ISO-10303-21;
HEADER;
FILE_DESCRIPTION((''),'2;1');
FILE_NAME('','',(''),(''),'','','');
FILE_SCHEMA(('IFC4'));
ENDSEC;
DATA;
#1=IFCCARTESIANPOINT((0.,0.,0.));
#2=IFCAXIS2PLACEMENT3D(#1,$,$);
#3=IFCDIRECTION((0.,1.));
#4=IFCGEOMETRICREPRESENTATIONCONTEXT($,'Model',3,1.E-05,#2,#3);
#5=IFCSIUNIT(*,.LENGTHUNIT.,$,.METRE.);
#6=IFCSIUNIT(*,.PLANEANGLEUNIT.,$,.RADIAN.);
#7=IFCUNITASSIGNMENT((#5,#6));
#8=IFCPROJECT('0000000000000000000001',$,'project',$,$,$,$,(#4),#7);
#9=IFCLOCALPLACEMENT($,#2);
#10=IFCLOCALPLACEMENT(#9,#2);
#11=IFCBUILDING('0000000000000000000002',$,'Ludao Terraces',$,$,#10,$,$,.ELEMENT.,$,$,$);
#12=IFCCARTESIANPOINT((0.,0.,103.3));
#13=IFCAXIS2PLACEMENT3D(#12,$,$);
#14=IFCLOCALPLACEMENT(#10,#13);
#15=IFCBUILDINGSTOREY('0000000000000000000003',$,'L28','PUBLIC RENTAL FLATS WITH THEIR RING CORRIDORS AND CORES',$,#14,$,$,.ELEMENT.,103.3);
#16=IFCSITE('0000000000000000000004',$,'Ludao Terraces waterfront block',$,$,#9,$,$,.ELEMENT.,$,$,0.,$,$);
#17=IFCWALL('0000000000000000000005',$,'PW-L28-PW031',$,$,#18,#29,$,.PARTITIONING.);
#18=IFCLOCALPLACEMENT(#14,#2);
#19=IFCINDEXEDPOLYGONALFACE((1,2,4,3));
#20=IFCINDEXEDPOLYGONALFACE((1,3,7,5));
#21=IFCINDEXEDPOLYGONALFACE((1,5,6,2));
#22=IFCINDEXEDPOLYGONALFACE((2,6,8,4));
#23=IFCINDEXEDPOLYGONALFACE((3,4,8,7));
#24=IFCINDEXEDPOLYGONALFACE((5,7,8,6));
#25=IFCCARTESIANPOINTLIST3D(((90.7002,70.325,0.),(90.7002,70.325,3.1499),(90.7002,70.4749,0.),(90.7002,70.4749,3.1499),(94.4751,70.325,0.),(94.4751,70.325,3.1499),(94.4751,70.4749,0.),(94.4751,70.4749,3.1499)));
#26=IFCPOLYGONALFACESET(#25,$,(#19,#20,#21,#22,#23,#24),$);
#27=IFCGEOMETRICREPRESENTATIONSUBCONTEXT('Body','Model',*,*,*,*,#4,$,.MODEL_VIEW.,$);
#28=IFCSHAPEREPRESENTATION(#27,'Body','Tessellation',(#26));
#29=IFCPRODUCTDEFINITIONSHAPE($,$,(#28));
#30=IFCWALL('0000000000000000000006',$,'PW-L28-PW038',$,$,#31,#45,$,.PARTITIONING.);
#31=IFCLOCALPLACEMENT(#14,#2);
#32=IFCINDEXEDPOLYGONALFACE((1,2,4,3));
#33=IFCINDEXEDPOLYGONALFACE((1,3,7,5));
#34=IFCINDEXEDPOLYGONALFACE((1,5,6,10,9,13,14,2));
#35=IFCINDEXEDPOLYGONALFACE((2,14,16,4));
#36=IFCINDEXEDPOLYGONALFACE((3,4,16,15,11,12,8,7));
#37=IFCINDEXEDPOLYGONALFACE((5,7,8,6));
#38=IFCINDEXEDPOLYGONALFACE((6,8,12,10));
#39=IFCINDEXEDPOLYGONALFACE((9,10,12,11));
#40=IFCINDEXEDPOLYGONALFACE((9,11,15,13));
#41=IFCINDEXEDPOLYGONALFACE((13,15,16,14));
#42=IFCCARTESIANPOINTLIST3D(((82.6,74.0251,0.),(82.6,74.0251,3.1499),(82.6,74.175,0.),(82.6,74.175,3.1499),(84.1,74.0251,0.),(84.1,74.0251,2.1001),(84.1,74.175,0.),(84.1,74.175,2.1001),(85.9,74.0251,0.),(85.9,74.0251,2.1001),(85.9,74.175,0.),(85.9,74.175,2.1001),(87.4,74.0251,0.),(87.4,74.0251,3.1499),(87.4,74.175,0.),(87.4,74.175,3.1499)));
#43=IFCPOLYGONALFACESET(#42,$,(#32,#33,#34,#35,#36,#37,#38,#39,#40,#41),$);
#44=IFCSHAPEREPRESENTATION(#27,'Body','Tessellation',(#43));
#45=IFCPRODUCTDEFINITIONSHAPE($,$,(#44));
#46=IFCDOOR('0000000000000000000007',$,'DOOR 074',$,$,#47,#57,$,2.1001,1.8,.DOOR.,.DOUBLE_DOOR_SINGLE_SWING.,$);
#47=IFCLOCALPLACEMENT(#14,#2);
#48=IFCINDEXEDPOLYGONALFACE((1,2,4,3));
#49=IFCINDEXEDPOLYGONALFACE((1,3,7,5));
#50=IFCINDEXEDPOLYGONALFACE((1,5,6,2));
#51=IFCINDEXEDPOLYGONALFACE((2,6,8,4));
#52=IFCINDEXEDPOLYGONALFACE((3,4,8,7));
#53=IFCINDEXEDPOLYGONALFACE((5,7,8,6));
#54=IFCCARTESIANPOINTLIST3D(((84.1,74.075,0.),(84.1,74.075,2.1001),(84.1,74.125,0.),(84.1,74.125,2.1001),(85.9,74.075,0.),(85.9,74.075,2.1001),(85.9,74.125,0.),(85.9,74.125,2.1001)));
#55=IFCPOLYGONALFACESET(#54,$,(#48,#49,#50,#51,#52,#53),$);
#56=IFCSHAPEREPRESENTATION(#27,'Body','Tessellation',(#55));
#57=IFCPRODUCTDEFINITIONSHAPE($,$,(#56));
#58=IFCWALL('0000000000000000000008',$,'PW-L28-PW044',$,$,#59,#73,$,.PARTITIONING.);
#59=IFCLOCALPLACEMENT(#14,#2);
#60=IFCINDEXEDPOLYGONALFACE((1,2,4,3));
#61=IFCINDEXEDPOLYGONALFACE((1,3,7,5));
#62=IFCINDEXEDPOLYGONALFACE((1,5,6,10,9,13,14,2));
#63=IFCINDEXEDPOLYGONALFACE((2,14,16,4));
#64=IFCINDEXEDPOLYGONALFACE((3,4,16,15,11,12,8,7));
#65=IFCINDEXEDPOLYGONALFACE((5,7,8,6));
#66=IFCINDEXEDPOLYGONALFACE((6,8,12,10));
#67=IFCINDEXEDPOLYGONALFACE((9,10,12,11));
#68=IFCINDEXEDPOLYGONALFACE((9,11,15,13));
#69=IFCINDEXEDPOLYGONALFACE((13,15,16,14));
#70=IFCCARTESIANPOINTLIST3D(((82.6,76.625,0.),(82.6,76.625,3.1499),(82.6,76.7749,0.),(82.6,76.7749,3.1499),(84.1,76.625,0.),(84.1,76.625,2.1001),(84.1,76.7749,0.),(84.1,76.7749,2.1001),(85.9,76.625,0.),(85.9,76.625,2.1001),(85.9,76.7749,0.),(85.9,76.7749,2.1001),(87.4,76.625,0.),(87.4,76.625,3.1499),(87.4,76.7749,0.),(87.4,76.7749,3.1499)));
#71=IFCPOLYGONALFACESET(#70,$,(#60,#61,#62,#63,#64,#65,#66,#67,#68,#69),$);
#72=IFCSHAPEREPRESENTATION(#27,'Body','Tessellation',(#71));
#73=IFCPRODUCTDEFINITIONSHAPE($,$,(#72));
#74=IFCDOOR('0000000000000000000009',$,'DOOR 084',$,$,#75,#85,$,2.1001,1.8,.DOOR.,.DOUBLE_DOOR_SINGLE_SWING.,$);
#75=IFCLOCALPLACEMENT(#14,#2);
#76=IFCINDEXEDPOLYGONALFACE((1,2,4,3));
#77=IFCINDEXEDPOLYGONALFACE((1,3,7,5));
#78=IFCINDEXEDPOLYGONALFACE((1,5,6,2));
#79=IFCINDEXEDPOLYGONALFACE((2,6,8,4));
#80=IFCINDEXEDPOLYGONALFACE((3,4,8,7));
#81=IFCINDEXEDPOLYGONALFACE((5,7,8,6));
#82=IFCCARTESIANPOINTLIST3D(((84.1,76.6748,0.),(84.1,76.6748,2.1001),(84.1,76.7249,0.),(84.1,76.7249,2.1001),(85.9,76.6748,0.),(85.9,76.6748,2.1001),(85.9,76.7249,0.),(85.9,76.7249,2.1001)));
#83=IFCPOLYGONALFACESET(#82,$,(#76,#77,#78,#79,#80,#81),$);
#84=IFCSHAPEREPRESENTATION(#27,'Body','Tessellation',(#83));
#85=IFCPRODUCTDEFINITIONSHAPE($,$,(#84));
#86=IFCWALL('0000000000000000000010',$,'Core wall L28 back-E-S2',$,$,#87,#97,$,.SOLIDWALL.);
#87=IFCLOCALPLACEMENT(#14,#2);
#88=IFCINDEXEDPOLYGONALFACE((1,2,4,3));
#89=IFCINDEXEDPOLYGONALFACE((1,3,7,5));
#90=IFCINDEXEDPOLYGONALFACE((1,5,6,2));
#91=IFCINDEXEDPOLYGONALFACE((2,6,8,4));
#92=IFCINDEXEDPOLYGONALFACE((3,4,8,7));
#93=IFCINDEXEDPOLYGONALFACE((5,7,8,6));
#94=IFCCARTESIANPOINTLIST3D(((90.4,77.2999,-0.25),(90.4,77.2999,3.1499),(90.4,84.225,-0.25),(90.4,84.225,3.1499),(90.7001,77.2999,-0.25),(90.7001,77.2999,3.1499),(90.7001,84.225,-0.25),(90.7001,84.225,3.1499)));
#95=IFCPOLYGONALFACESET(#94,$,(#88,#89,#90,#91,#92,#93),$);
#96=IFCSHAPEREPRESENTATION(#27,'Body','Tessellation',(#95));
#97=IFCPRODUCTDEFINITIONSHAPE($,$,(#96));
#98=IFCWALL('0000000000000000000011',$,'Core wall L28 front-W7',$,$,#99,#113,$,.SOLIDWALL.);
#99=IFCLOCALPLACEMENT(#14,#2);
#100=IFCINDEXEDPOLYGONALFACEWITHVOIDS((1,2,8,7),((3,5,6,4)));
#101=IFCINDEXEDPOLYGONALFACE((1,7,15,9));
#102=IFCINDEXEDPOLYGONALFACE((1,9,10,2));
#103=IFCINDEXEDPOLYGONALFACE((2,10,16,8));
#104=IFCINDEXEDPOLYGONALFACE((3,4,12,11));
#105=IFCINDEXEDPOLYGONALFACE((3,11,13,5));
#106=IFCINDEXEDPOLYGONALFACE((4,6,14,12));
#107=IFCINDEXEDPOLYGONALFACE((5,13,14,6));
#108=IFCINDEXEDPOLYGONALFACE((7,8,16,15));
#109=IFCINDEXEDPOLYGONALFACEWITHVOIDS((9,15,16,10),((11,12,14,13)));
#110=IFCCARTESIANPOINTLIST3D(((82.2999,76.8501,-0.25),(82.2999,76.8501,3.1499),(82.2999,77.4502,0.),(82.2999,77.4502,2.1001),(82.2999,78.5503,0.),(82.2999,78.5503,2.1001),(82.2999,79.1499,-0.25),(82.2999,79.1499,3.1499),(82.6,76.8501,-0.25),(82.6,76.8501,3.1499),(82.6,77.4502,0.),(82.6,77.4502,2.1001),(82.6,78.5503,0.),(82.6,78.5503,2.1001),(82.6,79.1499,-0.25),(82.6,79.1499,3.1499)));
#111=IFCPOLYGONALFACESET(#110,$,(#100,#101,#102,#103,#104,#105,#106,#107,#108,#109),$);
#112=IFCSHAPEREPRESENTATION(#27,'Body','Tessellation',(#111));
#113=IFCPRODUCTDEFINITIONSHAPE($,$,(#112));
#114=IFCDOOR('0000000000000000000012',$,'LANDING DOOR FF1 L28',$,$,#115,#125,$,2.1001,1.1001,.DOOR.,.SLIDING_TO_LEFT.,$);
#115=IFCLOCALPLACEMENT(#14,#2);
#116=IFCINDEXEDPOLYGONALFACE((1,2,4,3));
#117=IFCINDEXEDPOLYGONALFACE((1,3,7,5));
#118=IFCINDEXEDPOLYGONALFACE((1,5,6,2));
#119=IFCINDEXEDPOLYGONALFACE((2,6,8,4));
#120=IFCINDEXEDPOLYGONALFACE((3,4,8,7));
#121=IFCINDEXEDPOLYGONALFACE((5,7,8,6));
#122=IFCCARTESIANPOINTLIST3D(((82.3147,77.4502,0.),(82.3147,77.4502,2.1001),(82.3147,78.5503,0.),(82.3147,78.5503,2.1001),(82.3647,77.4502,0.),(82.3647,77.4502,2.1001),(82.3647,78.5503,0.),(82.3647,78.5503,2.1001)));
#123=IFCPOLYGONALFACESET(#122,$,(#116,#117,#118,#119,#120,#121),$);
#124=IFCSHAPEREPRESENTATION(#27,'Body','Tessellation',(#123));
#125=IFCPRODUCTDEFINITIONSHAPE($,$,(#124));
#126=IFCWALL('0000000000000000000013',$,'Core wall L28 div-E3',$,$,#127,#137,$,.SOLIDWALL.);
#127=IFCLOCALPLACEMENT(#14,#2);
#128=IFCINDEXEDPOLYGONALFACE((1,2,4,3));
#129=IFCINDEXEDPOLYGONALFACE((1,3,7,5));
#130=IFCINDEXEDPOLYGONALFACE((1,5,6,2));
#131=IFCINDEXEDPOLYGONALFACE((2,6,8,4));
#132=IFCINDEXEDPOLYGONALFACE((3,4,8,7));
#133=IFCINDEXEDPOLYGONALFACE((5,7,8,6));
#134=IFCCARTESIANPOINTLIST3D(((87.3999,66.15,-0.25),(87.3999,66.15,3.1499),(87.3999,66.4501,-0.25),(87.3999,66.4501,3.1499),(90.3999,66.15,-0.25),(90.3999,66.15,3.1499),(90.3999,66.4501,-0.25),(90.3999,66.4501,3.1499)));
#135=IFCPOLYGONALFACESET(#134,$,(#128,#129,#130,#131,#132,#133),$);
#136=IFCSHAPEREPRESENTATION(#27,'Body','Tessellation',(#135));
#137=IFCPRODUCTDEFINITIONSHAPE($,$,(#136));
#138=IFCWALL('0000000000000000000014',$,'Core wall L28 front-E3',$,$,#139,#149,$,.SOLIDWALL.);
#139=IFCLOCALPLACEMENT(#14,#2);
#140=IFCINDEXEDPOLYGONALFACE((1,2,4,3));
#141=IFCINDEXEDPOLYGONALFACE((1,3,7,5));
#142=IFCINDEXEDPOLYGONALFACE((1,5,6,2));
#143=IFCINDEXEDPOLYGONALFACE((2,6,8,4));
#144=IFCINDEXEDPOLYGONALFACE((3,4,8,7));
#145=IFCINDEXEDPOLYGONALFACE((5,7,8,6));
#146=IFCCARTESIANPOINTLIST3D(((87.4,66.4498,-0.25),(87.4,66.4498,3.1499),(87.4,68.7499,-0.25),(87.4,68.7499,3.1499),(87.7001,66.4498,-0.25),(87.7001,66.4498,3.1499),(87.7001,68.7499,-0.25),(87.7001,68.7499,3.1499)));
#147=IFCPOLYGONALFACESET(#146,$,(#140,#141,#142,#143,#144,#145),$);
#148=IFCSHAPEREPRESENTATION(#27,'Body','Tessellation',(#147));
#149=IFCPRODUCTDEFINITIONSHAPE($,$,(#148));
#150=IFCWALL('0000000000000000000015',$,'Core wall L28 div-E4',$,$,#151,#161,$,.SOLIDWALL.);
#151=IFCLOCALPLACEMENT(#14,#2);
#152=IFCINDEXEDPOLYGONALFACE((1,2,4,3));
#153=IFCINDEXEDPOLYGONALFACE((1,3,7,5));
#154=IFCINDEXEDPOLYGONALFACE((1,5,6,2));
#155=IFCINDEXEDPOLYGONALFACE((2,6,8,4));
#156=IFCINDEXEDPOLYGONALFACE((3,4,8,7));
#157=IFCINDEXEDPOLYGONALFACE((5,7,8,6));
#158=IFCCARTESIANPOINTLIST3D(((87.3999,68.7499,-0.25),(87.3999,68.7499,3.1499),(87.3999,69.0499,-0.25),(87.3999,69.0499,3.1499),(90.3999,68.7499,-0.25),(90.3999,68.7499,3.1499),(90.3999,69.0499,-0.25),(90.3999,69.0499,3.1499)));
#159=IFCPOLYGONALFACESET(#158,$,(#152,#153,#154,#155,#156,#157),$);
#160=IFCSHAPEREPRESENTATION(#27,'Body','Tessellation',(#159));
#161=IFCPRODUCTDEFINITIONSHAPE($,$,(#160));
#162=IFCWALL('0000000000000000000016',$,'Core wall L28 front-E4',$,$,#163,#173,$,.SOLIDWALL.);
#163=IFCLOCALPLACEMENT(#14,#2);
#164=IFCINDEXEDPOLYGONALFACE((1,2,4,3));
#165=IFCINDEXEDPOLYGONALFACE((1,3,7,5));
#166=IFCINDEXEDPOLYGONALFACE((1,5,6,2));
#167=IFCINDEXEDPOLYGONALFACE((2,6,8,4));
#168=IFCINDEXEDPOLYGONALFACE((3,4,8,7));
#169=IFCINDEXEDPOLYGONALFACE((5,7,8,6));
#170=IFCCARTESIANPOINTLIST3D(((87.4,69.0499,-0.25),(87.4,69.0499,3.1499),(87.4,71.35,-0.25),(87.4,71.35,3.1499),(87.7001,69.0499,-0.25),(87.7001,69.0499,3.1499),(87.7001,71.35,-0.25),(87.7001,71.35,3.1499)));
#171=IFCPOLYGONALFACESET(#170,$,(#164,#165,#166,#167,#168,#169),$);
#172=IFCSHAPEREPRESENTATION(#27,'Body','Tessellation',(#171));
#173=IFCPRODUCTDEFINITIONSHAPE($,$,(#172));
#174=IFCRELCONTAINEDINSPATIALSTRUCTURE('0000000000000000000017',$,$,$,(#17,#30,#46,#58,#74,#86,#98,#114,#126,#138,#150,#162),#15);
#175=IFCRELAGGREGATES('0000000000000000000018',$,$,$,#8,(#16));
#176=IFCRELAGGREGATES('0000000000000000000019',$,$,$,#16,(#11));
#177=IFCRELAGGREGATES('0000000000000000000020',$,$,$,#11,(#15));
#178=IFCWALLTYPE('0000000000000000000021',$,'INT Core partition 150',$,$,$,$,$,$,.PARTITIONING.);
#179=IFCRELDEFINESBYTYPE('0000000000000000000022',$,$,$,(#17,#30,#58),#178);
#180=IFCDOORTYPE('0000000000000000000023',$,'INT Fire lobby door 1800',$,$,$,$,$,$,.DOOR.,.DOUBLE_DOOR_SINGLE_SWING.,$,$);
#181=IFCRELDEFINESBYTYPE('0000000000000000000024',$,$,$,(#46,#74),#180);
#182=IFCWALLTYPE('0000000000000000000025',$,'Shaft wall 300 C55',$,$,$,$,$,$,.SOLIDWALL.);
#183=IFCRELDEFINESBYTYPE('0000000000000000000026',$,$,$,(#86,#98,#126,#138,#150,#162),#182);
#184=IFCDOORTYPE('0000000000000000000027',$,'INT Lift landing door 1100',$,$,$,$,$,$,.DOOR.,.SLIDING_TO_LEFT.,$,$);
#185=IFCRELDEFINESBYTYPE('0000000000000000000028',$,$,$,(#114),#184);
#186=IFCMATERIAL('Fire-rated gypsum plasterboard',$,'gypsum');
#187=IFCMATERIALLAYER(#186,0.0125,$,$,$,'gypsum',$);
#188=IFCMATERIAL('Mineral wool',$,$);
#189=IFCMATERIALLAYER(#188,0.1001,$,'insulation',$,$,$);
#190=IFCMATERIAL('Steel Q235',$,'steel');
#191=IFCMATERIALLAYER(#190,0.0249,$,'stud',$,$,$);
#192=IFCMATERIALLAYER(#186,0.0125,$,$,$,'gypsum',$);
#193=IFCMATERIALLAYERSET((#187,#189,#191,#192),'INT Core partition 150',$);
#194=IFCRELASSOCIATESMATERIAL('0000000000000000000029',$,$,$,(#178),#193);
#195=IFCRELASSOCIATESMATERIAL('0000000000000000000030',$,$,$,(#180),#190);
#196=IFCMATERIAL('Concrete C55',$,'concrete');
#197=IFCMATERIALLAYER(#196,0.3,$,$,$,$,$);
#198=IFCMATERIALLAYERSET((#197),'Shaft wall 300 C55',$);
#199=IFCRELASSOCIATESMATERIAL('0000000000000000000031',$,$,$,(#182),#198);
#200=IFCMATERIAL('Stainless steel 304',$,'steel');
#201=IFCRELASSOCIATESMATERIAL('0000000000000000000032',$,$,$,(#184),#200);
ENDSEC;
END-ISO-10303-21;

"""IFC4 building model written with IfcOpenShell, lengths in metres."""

from ifc_helpers import new_model, si_unit, direction, frame, frame_2d, origin, place, context, subcontext, project, spatial, rectangle, extrude, material, layer, layer_set, type_object, element, fill, save


model = new_model("IFC4")

# Units and contexts
model_context = context("Model", 3, precision=1e-05, world=origin(), true_north=direction((0.0, 1.0)))
body_context = subcontext(model_context, "Body", "Model", "MODEL_VIEW")
ifc_project = project(units=[si_unit("LENGTHUNIT", "METRE"), si_unit("PLANEANGLEUNIT", "RADIAN")], contexts=[model_context])

# Site, building, storey
site_placement = place(None, origin())
site = spatial("IfcSite", under=ifc_project, at=site_placement, Name="Ludao Terraces waterfront block", CompositionType="ELEMENT", RefElevation=0.0)
building_placement = place(site_placement, origin())
building = spatial("IfcBuilding", under=site, at=building_placement, Name="Ludao Terraces", CompositionType="ELEMENT")
storey_placement = place(building_placement, frame((0.0, 0.0, 103.3)))
storey = spatial("IfcBuildingStorey", under=building, at=storey_placement, Name="L28", Description="PUBLIC RENTAL FLATS WITH THEIR RING CORRIDORS AND CORES", CompositionType="ELEMENT", Elevation=103.3)

# Wall
ifc_material_1 = material(Name="Fire-rated gypsum plasterboard", Category="gypsum")
ifc_layer_1 = layer(ifc_material_1, 0.0125, Category="gypsum")
ifc_material_2 = material(Name="Mineral wool")
ifc_layer_2 = layer(ifc_material_2, 0.1001, Name="insulation")
ifc_material_3 = material(Name="Steel Q235", Category="steel")
ifc_layer_3 = layer(ifc_material_3, 0.0249, Name="stud")
ifc_layer_4 = layer(ifc_material_1, 0.0125, Category="gypsum")
ifc_layer_set_1 = layer_set([ifc_layer_1, ifc_layer_2, ifc_layer_3, ifc_layer_4], Name="INT Core partition 150")
wall_type_1 = type_object("IfcWallType", Name="INT Core partition 150", PredefinedType="PARTITIONING", material=ifc_layer_set_1)
wall_1_placement = place(storey_placement, frame((90.7002, 70.3999, 0.0), z_axis=(0.0, 0.0, 1.0), x_axis=(1.0, 0.0, 0.0)))
element("IfcWall", 1, at=wall_1_placement, inside=storey, type_object=wall_type_1, Name="PW-L28-PW031", PredefinedType="PARTITIONING", context=body_context, shape_type="SweptSolid", body=[
    extrude(rectangle(XDim=3.7749, YDim=0.1499, at=frame_2d((1.8875, 0.0))), origin(), (0.0, 0.0, 1.0), 3.1499),
])

# Walls, openings, doors
wall_2_placement = place(storey_placement, frame((82.6001, 74.1001, 0.0), z_axis=(0.0, 0.0, 1.0), x_axis=(1.0, 0.0, 0.0)))
wall_2 = element("IfcWall", 2, at=wall_2_placement, inside=storey, type_object=wall_type_1, Name="PW-L28-PW038", PredefinedType="PARTITIONING", context=body_context, shape_type="SweptSolid", body=[
    extrude(rectangle(XDim=4.8, YDim=0.1499, at=frame_2d((2.3999, 0.0))), origin(), (0.0, 0.0, 1.0), 3.1499),
])
opening_1_placement = place(wall_2_placement, frame((1.5, 0.0, 0.0)))
opening_1 = element("IfcOpeningElement", 3, at=opening_1_placement, cuts=wall_2, PredefinedType="OPENING", context=body_context, shape_type="SweptSolid", body=[
    extrude(rectangle(XDim=1.8, YDim=2.1001, at=frame_2d((0.8999, 1.05))), frame((0.0, 0.085, 0.0), z_axis=(0.0, -1.0, 0.0), x_axis=(1.0, 0.0, 0.0)), (0.0, 0.0, 1.0), 0.1699),
])
door_type_1 = type_object("IfcDoorType", Name="INT Fire lobby door 1800", OperationType="DOUBLE_DOOR_SINGLE_SWING", PredefinedType="DOOR", material=ifc_material_3)
door_1_placement = place(opening_1_placement, origin())
door_1 = element("IfcDoor", 4, at=door_1_placement, inside=storey, type_object=door_type_1, Name="DOOR 074", OperationType="DOUBLE_DOOR_SINGLE_SWING", OverallHeight=2.1001, OverallWidth=1.8, PredefinedType="DOOR", context=body_context, shape_type="SweptSolid", body=[
    extrude(rectangle(XDim=1.8, YDim=2.1001, at=frame_2d((0.8999, 1.05))), frame((0.0, 0.0249, 0.0), z_axis=(0.0, -1.0, 0.0), x_axis=(1.0, 0.0, 0.0)), (0.0, 0.0, 1.0), 0.05),
])
fill(opening_1, door_1)
wall_3_placement = place(storey_placement, frame((82.6001, 76.7, 0.0), z_axis=(0.0, 0.0, 1.0), x_axis=(1.0, 0.0, 0.0)))
wall_3 = element("IfcWall", 5, at=wall_3_placement, inside=storey, type_object=wall_type_1, Name="PW-L28-PW044", PredefinedType="PARTITIONING", context=body_context, shape_type="SweptSolid", body=[
    extrude(rectangle(XDim=4.8, YDim=0.1499, at=frame_2d((2.3999, 0.0))), origin(), (0.0, 0.0, 1.0), 3.1499),
])
opening_2_placement = place(wall_3_placement, frame((1.5, 0.0, 0.0)))
opening_2 = element("IfcOpeningElement", 6, at=opening_2_placement, cuts=wall_3, PredefinedType="OPENING", context=body_context, shape_type="SweptSolid", body=[
    extrude(rectangle(XDim=1.8, YDim=2.1001, at=frame_2d((0.8999, 1.05))), frame((0.0, 0.085, 0.0), z_axis=(0.0, -1.0, 0.0), x_axis=(1.0, 0.0, 0.0)), (0.0, 0.0, 1.0), 0.1699),
])
door_2_placement = place(opening_2_placement, origin())
door_2 = element("IfcDoor", 7, at=door_2_placement, inside=storey, type_object=door_type_1, Name="DOOR 084", OperationType="DOUBLE_DOOR_SINGLE_SWING", OverallHeight=2.1001, OverallWidth=1.8, PredefinedType="DOOR", context=body_context, shape_type="SweptSolid", body=[
    extrude(rectangle(XDim=1.8, YDim=2.1001, at=frame_2d((0.8999, 1.05))), frame((0.0, 0.0249, 0.0), z_axis=(0.0, -1.0, 0.0), x_axis=(1.0, 0.0, 0.0)), (0.0, 0.0, 1.0), 0.05),
])
fill(opening_2, door_2)

# Wall
ifc_material_4 = material(Name="Concrete C55", Category="concrete")
ifc_layer_5 = layer(ifc_material_4, 0.3)
ifc_layer_set_2 = layer_set([ifc_layer_5], Name="Shaft wall 300 C55")
wall_type_2 = type_object("IfcWallType", Name="Shaft wall 300 C55", PredefinedType="SOLIDWALL", material=ifc_layer_set_2)
wall_4_placement = place(storey_placement, frame((90.55, 77.3, -0.25), z_axis=(0.0, 0.0, 1.0), x_axis=(0.0, 1.0, 0.0)))
element("IfcWall", 8, at=wall_4_placement, inside=storey, type_object=wall_type_2, Name="Core wall L28 back-E-S2", PredefinedType="SOLIDWALL", context=body_context, shape_type="SweptSolid", body=[
    extrude(rectangle(XDim=6.925, YDim=0.3, at=frame_2d((3.4624, 0.0))), origin(), (0.0, 0.0, 1.0), 3.3999),
])

# Wall, opening, door
wall_5_placement = place(storey_placement, frame((82.45, 76.8501, -0.25), z_axis=(0.0, 0.0, 1.0), x_axis=(0.0, 1.0, 0.0)))
wall_5 = element("IfcWall", 9, at=wall_5_placement, inside=storey, type_object=wall_type_2, Name="Core wall L28 front-W7", PredefinedType="SOLIDWALL", context=body_context, shape_type="SweptSolid", body=[
    extrude(rectangle(XDim=2.2998, YDim=0.3, at=frame_2d((1.1499, 0.0))), origin(), (0.0, 0.0, 1.0), 3.3999),
])
opening_3_placement = place(wall_5_placement, frame((0.6001, 0.0, 0.25)))
opening_3 = element("IfcOpeningElement", 10, at=opening_3_placement, cuts=wall_5, PredefinedType="OPENING", context=body_context, shape_type="SweptSolid", body=[
    extrude(rectangle(XDim=1.1001, YDim=2.1001, at=frame_2d((0.55, 1.05))), frame((0.0, 0.1602, 0.0), z_axis=(0.0, -1.0, 0.0), x_axis=(1.0, 0.0, 0.0)), (0.0, 0.0, 1.0), 0.3201),
])
ifc_material_5 = material(Name="Stainless steel 304", Category="steel")
door_type_2 = type_object("IfcDoorType", Name="INT Lift landing door 1100", OperationType="SLIDING_TO_LEFT", PredefinedType="DOOR", material=ifc_material_5)
door_3_placement = place(opening_3_placement, origin())
door_3 = element("IfcDoor", 11, at=door_3_placement, inside=storey, type_object=door_type_2, Name="LANDING DOOR FF1 L28", OperationType="SLIDING_TO_LEFT", OverallHeight=2.1001, OverallWidth=1.1001, PredefinedType="DOOR", context=body_context, shape_type="SweptSolid", body=[
    extrude(rectangle(XDim=1.1001, YDim=2.1001, at=frame_2d((0.55, 1.05))), frame((0.0, 0.1353, 0.0), z_axis=(0.0, -1.0, 0.0), x_axis=(1.0, 0.0, 0.0)), (0.0, 0.0, 1.0), 0.05),
])
fill(opening_3, door_3)

# Walls
wall_6_placement = place(storey_placement, frame((87.3999, 66.3, -0.25), z_axis=(0.0, 0.0, 1.0), x_axis=(1.0, 0.0, 0.0)))
element("IfcWall", 12, at=wall_6_placement, inside=storey, type_object=wall_type_2, Name="Core wall L28 div-E3", PredefinedType="SOLIDWALL", context=body_context, shape_type="SweptSolid", body=[
    extrude(rectangle(XDim=3.0, YDim=0.3, at=frame_2d((1.5, 0.0))), origin(), (0.0, 0.0, 1.0), 3.3999),
])
wall_7_placement = place(storey_placement, frame((87.55, 66.45, -0.25), z_axis=(0.0, 0.0, 1.0), x_axis=(0.0, 1.0, 0.0)))
element("IfcWall", 13, at=wall_7_placement, inside=storey, type_object=wall_type_2, Name="Core wall L28 front-E3", PredefinedType="SOLIDWALL", context=body_context, shape_type="SweptSolid", body=[
    extrude(rectangle(XDim=2.3, YDim=0.3, at=frame_2d((1.1499, 0.0))), origin(), (0.0, 0.0, 1.0), 3.3999),
])
wall_8_placement = place(storey_placement, frame((87.3999, 68.8999, -0.25), z_axis=(0.0, 0.0, 1.0), x_axis=(1.0, 0.0, 0.0)))
element("IfcWall", 14, at=wall_8_placement, inside=storey, type_object=wall_type_2, Name="Core wall L28 div-E4", PredefinedType="SOLIDWALL", context=body_context, shape_type="SweptSolid", body=[
    extrude(rectangle(XDim=3.0, YDim=0.3, at=frame_2d((1.5, 0.0))), origin(), (0.0, 0.0, 1.0), 3.3999),
])
wall_9_placement = place(storey_placement, frame((87.55, 69.05, -0.25), z_axis=(0.0, 0.0, 1.0), x_axis=(0.0, 1.0, 0.0)))
element("IfcWall", 15, at=wall_9_placement, inside=storey, type_object=wall_type_2, Name="Core wall L28 front-E4", PredefinedType="SOLIDWALL", context=body_context, shape_type="SweptSolid", body=[
    extrude(rectangle(XDim=2.3, YDim=0.3, at=frame_2d((1.1499, 0.0))), origin(), (0.0, 0.0, 1.0), 3.3999),
])

save(model, "model.ifc")
